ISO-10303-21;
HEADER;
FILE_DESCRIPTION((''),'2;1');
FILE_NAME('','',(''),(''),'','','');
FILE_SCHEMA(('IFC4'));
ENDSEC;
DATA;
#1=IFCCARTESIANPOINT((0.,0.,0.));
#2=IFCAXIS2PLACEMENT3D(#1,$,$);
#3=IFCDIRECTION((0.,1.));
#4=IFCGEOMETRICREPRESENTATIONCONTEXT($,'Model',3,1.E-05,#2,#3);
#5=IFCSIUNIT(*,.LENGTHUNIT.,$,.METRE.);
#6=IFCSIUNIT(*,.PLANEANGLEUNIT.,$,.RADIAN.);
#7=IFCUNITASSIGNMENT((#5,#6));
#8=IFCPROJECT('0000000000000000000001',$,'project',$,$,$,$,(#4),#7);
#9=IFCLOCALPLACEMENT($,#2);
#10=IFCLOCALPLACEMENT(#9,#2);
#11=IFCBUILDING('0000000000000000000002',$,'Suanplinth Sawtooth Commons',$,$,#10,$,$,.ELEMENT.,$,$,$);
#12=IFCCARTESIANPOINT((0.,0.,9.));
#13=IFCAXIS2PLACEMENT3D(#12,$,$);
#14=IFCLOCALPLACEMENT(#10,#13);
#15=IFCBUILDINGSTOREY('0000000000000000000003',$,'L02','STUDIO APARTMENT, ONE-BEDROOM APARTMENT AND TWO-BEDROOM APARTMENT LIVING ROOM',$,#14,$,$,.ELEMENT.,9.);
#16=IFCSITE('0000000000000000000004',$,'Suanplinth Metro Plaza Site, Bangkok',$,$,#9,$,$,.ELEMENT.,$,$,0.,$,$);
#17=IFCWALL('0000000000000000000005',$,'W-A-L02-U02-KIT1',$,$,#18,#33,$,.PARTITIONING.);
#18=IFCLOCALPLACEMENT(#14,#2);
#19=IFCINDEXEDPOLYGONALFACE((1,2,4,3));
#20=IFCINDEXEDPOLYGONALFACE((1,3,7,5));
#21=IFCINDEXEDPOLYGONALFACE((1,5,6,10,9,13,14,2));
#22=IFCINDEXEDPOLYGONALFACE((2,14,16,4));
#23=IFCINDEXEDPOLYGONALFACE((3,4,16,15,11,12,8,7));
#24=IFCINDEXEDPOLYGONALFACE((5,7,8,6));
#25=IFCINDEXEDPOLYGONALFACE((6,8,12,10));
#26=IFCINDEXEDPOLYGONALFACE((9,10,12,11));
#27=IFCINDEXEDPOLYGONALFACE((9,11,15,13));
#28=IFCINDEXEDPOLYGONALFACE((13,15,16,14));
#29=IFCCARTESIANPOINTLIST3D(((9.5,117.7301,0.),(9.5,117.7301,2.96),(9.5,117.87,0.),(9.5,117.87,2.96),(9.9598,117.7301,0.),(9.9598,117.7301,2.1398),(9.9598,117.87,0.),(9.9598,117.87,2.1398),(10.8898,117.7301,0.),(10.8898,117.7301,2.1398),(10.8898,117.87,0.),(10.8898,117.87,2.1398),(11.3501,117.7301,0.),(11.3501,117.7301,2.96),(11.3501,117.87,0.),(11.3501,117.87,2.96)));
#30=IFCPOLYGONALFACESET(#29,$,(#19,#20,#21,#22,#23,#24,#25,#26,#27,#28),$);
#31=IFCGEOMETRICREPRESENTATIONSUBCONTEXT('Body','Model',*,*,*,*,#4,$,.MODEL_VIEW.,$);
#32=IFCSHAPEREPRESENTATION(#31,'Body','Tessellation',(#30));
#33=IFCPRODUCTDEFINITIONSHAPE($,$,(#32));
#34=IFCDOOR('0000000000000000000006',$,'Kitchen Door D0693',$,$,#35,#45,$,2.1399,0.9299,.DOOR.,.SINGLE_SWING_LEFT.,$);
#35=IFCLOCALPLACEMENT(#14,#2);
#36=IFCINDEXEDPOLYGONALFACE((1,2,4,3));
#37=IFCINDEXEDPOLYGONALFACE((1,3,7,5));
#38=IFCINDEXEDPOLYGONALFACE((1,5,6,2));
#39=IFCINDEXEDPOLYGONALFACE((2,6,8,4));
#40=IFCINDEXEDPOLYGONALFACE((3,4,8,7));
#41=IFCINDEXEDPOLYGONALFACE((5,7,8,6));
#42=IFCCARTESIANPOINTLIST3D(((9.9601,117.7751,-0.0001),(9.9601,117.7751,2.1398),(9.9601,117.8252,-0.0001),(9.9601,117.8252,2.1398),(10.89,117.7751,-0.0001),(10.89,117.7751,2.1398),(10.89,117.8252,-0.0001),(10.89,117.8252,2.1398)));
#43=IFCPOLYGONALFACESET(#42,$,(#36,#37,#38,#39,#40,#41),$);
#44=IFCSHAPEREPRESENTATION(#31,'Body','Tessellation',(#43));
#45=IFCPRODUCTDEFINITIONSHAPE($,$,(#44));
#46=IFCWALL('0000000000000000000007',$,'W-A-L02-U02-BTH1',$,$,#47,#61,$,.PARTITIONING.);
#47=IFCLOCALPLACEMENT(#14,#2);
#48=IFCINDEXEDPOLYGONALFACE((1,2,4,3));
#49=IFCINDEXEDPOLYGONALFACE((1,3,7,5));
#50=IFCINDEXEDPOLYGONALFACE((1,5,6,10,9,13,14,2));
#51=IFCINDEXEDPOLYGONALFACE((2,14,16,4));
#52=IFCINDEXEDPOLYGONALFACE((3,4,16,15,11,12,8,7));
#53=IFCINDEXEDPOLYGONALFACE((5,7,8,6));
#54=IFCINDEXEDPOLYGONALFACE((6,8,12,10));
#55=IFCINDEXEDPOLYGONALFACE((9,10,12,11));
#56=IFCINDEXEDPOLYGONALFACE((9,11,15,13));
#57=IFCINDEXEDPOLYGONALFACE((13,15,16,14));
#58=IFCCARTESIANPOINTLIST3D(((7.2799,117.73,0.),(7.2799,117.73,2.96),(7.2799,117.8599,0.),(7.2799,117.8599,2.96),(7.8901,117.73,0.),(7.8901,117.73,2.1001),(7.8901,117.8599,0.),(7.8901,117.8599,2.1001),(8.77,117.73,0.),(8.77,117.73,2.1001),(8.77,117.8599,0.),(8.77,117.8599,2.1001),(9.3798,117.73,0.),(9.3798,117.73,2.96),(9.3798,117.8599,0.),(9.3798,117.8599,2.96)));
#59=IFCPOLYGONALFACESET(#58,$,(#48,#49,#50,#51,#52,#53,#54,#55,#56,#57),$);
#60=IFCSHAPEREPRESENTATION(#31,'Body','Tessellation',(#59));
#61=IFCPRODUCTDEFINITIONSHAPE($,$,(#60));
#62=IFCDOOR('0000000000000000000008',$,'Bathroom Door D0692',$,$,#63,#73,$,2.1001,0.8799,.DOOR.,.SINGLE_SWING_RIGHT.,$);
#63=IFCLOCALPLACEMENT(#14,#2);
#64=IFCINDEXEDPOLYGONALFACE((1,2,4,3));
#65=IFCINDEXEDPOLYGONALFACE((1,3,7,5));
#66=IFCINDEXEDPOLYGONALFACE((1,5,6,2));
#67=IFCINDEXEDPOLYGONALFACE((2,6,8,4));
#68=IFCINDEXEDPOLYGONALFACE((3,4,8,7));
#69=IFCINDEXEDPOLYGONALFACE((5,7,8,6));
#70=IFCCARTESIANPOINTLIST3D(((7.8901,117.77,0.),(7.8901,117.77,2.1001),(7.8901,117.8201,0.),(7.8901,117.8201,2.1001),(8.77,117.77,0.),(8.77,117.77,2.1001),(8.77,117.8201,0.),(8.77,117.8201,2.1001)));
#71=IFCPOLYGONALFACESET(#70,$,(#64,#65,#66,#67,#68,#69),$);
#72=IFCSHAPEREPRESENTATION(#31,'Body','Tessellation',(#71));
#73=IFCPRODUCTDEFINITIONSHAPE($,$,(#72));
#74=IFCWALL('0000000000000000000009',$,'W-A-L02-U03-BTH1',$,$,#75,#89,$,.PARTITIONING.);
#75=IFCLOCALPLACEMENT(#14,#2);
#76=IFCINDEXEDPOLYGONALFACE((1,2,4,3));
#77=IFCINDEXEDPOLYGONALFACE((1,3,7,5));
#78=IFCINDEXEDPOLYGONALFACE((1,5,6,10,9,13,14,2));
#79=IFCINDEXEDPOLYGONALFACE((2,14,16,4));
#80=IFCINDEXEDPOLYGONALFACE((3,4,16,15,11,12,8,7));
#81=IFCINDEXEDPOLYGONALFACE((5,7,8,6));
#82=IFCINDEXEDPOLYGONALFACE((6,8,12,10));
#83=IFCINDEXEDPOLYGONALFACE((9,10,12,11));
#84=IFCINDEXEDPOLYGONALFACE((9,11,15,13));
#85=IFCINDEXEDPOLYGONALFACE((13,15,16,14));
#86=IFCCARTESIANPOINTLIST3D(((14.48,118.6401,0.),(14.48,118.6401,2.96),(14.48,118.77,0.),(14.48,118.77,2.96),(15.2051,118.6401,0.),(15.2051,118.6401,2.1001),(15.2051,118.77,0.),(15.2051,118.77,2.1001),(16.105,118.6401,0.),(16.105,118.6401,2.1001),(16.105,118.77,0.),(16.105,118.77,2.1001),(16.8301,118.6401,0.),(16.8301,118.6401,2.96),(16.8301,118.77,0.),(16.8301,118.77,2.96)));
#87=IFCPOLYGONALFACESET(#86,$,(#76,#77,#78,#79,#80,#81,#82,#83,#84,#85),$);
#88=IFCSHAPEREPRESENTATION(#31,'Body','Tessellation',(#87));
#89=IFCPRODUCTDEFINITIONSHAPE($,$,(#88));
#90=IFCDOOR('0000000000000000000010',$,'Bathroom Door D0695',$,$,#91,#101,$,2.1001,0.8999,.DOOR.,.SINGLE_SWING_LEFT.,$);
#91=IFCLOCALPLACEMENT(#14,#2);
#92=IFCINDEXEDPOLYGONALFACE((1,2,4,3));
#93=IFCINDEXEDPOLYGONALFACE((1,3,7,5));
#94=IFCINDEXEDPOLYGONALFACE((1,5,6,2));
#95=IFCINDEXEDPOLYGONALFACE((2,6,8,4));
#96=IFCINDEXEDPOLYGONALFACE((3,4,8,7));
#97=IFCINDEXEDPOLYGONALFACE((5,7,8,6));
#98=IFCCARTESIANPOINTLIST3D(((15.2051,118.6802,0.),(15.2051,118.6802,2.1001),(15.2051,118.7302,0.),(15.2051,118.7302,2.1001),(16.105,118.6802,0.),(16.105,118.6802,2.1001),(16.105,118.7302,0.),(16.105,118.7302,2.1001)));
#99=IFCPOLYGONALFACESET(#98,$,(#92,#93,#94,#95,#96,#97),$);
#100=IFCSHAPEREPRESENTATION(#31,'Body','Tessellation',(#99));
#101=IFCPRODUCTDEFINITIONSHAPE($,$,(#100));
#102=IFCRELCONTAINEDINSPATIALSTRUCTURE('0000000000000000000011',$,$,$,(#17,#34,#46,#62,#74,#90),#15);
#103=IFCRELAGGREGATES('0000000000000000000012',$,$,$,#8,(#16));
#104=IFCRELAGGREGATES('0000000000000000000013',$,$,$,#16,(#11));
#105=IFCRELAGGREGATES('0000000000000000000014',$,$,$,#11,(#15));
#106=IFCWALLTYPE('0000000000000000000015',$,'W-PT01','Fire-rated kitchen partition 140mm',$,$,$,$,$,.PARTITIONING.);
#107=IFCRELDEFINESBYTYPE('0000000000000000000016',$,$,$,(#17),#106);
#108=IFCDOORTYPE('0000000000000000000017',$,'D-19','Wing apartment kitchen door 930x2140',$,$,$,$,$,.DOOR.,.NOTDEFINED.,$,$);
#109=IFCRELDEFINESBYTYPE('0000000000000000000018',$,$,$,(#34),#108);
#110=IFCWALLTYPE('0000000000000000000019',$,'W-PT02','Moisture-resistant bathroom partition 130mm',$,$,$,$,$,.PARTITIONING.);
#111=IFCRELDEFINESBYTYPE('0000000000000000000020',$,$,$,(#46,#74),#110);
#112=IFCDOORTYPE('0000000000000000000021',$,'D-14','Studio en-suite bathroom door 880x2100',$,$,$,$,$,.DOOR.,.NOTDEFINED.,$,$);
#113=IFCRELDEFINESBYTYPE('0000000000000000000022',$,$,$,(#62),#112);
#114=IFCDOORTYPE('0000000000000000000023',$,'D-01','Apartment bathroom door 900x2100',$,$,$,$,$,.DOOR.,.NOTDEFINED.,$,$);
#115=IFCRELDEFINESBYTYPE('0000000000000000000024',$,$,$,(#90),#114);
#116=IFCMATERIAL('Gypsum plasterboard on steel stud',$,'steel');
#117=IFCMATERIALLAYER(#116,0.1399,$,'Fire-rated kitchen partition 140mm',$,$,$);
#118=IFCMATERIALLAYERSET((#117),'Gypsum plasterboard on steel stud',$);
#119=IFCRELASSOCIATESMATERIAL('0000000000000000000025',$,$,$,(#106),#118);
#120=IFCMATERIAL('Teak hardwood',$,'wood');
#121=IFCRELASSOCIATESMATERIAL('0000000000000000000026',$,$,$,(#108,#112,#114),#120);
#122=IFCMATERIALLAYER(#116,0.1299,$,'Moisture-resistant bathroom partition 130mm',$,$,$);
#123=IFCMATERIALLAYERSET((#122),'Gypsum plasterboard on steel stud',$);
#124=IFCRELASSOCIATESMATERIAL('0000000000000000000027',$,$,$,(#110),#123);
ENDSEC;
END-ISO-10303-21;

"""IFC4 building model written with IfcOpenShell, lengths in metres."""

from ifc_helpers import new_model, si_unit, direction, frame, frame_2d, origin, place, context, subcontext, project, spatial, rectangle, extrude, material, layer, layer_set, type_object, element, fill, save


model = new_model("IFC4")

# Units and contexts
model_context = context("Model", 3, precision=1e-05, world=origin(), true_north=direction((0.0, 1.0)))
body_context = subcontext(model_context, "Body", "Model", "MODEL_VIEW")
ifc_project = project(units=[si_unit("LENGTHUNIT", "METRE"), si_unit("PLANEANGLEUNIT", "RADIAN")], contexts=[model_context])

# Site, building, storey
site_placement = place(None, origin())
site = spatial("IfcSite", under=ifc_project, at=site_placement, Name="Suanplinth Metro Plaza Site, Bangkok", CompositionType="ELEMENT", RefElevation=0.0)
building_placement = place(site_placement, origin())
building = spatial("IfcBuilding", under=site, at=building_placement, Name="Suanplinth Sawtooth Commons", CompositionType="ELEMENT")
storey_placement = place(building_placement, frame((0.0, 0.0, 9.0)))
storey = spatial("IfcBuildingStorey", under=building, at=storey_placement, Name="L02", Description="STUDIO APARTMENT, ONE-BEDROOM APARTMENT AND TWO-BEDROOM APARTMENT LIVING ROOM", CompositionType="ELEMENT", Elevation=9.0)

# Walls, openings, doors
ifc_material_1 = material(Name="Gypsum plasterboard on steel stud", Category="steel")
ifc_layer_1 = layer(ifc_material_1, 0.1399, Name="Fire-rated kitchen partition 140mm")
ifc_layer_set_1 = layer_set([ifc_layer_1], Name="Gypsum plasterboard on steel stud")
wall_type_1 = type_object("IfcWallType", Name="W-PT01", Description="Fire-rated kitchen partition 140mm", PredefinedType="PARTITIONING", material=ifc_layer_set_1)
wall_1_placement = place(storey_placement, frame((9.5, 117.8, 0.0), z_axis=(0.0, 0.0, 1.0), x_axis=(1.0, 0.0, 0.0)))
wall_1 = element("IfcWall", 1, at=wall_1_placement, inside=storey, type_object=wall_type_1, Name="W-A-L02-U02-KIT1", PredefinedType="PARTITIONING", context=body_context, shape_type="SweptSolid", body=[
    extrude(rectangle(XDim=1.8501, YDim=0.1399, at=frame_2d((0.925, 0.0))), origin(), (0.0, 0.0, 1.0), 2.96),
])
opening_1_placement = place(wall_1_placement, frame((0.46, 0.0, 0.0)))
opening_1 = element("IfcOpeningElement", 2, at=opening_1_placement, cuts=wall_1, PredefinedType="OPENING", context=body_context, shape_type="SweptSolid", body=[
    extrude(rectangle(XDim=0.9299, YDim=2.1399, at=frame_2d((0.4648, 1.0698))), frame((0.0, 0.085, 0.0), z_axis=(0.0, -1.0, 0.0), x_axis=(1.0, 0.0, 0.0)), (0.0, 0.0, 1.0), 0.1697),
])
ifc_material_2 = material(Name="Teak hardwood", Category="wood")
door_type_1 = type_object("IfcDoorType", Name="D-19", Description="Wing apartment kitchen door 930x2140", OperationType="NOTDEFINED", PredefinedType="DOOR", material=ifc_material_2)
door_1_placement = place(opening_1_placement, frame((0.9299, 0.0, 0.0), z_axis=(0.0, 0.0, 1.0), x_axis=(-1.0, 0.0, 0.0)))
door_1 = element("IfcDoor", 3, at=door_1_placement, inside=storey, type_object=door_type_1, Name="Kitchen Door D0693", OperationType="SINGLE_SWING_LEFT", OverallHeight=2.1399, OverallWidth=0.9299, PredefinedType="DOOR", context=body_context, shape_type="SweptSolid", body=[
    extrude(rectangle(XDim=0.9299, YDim=2.1399, at=frame_2d((0.4648, 1.0698))), frame((0.0, 0.0249, 0.0), z_axis=(0.0, -1.0, 0.0), x_axis=(1.0, 0.0, 0.0)), (0.0, 0.0, 1.0), 0.05),
])
fill(opening_1, door_1)
ifc_layer_2 = layer(ifc_material_1, 0.1299, Name="Moisture-resistant bathroom partition 130mm")
ifc_layer_set_2 = layer_set([ifc_layer_2], Name="Gypsum plasterboard on steel stud")
wall_type_2 = type_object("IfcWallType", Name="W-PT02", Description="Moisture-resistant bathroom partition 130mm", PredefinedType="PARTITIONING", material=ifc_layer_set_2)
wall_2_placement = place(storey_placement, frame((7.28, 117.7949, 0.0), z_axis=(0.0, 0.0, 1.0), x_axis=(1.0, 0.0, 0.0)))
wall_2 = element("IfcWall", 4, at=wall_2_placement, inside=storey, type_object=wall_type_2, Name="W-A-L02-U02-BTH1", PredefinedType="PARTITIONING", context=body_context, shape_type="SweptSolid", body=[
    extrude(rectangle(XDim=2.0999, YDim=0.1299, at=frame_2d((1.0498, 0.0))), origin(), (0.0, 0.0, 1.0), 2.96),
])
opening_2_placement = place(wall_2_placement, frame((0.6101, 0.0, 0.0)))
opening_2 = element("IfcOpeningElement", 5, at=opening_2_placement, cuts=wall_2, PredefinedType="OPENING", context=body_context, shape_type="SweptSolid", body=[
    extrude(rectangle(XDim=0.8799, YDim=2.1001, at=frame_2d((0.4399, 1.05))), frame((0.0, 0.0798, 0.0), z_axis=(0.0, -1.0, 0.0), x_axis=(1.0, 0.0, 0.0)), (0.0, 0.0, 1.0), 0.1597),
])
door_type_2 = type_object("IfcDoorType", Name="D-14", Description="Studio en-suite bathroom door 880x2100", OperationType="NOTDEFINED", PredefinedType="DOOR", material=ifc_material_2)
door_2_placement = place(opening_2_placement, frame((0.8799, 0.0, 0.0), z_axis=(0.0, 0.0, 1.0), x_axis=(-1.0, 0.0, 0.0)))
door_2 = element("IfcDoor", 6, at=door_2_placement, inside=storey, type_object=door_type_2, Name="Bathroom Door D0692", OperationType="SINGLE_SWING_RIGHT", OverallHeight=2.1001, OverallWidth=0.8799, PredefinedType="DOOR", context=body_context, shape_type="SweptSolid", body=[
    extrude(rectangle(XDim=0.8799, YDim=2.1001, at=frame_2d((0.4399, 1.05))), frame((0.0, 0.0249, 0.0), z_axis=(0.0, -1.0, 0.0), x_axis=(1.0, 0.0, 0.0)), (0.0, 0.0, 1.0), 0.05),
])
fill(opening_2, door_2)
wall_3_placement = place(storey_placement, frame((14.48, 118.7051, 0.0), z_axis=(0.0, 0.0, 1.0), x_axis=(1.0, 0.0, 0.0)))
wall_3 = element("IfcWall", 7, at=wall_3_placement, inside=storey, type_object=wall_type_2, Name="W-A-L02-U03-BTH1", PredefinedType="PARTITIONING", context=body_context, shape_type="SweptSolid", body=[
    extrude(rectangle(XDim=2.3501, YDim=0.1299, at=frame_2d((1.175, 0.0))), origin(), (0.0, 0.0, 1.0), 2.96),
])
opening_3_placement = place(wall_3_placement, frame((0.7251, 0.0, 0.0)))
opening_3 = element("IfcOpeningElement", 8, at=opening_3_placement, cuts=wall_3, PredefinedType="OPENING", context=body_context, shape_type="SweptSolid", body=[
    extrude(rectangle(XDim=0.8999, YDim=2.1001, at=frame_2d((0.45, 1.05))), frame((0.0, 0.0798, 0.0), z_axis=(0.0, -1.0, 0.0), x_axis=(1.0, 0.0, 0.0)), (0.0, 0.0, 1.0), 0.1597),
])
door_type_3 = type_object("IfcDoorType", Name="D-01", Description="Apartment bathroom door 900x2100", OperationType="NOTDEFINED", PredefinedType="DOOR", material=ifc_material_2)
door_3_placement = place(opening_3_placement, frame((0.8999, 0.0, 0.0), z_axis=(0.0, 0.0, 1.0), x_axis=(-1.0, 0.0, 0.0)))
door_3 = element("IfcDoor", 9, at=door_3_placement, inside=storey, type_object=door_type_3, Name="Bathroom Door D0695", OperationType="SINGLE_SWING_LEFT", OverallHeight=2.1001, OverallWidth=0.8999, PredefinedType="DOOR", context=body_context, shape_type="SweptSolid", body=[
    extrude(rectangle(XDim=0.8999, YDim=2.1001, at=frame_2d((0.45, 1.05))), frame((0.0, 0.0249, 0.0), z_axis=(0.0, -1.0, 0.0), x_axis=(1.0, 0.0, 0.0)), (0.0, 0.0, 1.0), 0.05),
])
fill(opening_3, door_3)

save(model, "model.ifc")
